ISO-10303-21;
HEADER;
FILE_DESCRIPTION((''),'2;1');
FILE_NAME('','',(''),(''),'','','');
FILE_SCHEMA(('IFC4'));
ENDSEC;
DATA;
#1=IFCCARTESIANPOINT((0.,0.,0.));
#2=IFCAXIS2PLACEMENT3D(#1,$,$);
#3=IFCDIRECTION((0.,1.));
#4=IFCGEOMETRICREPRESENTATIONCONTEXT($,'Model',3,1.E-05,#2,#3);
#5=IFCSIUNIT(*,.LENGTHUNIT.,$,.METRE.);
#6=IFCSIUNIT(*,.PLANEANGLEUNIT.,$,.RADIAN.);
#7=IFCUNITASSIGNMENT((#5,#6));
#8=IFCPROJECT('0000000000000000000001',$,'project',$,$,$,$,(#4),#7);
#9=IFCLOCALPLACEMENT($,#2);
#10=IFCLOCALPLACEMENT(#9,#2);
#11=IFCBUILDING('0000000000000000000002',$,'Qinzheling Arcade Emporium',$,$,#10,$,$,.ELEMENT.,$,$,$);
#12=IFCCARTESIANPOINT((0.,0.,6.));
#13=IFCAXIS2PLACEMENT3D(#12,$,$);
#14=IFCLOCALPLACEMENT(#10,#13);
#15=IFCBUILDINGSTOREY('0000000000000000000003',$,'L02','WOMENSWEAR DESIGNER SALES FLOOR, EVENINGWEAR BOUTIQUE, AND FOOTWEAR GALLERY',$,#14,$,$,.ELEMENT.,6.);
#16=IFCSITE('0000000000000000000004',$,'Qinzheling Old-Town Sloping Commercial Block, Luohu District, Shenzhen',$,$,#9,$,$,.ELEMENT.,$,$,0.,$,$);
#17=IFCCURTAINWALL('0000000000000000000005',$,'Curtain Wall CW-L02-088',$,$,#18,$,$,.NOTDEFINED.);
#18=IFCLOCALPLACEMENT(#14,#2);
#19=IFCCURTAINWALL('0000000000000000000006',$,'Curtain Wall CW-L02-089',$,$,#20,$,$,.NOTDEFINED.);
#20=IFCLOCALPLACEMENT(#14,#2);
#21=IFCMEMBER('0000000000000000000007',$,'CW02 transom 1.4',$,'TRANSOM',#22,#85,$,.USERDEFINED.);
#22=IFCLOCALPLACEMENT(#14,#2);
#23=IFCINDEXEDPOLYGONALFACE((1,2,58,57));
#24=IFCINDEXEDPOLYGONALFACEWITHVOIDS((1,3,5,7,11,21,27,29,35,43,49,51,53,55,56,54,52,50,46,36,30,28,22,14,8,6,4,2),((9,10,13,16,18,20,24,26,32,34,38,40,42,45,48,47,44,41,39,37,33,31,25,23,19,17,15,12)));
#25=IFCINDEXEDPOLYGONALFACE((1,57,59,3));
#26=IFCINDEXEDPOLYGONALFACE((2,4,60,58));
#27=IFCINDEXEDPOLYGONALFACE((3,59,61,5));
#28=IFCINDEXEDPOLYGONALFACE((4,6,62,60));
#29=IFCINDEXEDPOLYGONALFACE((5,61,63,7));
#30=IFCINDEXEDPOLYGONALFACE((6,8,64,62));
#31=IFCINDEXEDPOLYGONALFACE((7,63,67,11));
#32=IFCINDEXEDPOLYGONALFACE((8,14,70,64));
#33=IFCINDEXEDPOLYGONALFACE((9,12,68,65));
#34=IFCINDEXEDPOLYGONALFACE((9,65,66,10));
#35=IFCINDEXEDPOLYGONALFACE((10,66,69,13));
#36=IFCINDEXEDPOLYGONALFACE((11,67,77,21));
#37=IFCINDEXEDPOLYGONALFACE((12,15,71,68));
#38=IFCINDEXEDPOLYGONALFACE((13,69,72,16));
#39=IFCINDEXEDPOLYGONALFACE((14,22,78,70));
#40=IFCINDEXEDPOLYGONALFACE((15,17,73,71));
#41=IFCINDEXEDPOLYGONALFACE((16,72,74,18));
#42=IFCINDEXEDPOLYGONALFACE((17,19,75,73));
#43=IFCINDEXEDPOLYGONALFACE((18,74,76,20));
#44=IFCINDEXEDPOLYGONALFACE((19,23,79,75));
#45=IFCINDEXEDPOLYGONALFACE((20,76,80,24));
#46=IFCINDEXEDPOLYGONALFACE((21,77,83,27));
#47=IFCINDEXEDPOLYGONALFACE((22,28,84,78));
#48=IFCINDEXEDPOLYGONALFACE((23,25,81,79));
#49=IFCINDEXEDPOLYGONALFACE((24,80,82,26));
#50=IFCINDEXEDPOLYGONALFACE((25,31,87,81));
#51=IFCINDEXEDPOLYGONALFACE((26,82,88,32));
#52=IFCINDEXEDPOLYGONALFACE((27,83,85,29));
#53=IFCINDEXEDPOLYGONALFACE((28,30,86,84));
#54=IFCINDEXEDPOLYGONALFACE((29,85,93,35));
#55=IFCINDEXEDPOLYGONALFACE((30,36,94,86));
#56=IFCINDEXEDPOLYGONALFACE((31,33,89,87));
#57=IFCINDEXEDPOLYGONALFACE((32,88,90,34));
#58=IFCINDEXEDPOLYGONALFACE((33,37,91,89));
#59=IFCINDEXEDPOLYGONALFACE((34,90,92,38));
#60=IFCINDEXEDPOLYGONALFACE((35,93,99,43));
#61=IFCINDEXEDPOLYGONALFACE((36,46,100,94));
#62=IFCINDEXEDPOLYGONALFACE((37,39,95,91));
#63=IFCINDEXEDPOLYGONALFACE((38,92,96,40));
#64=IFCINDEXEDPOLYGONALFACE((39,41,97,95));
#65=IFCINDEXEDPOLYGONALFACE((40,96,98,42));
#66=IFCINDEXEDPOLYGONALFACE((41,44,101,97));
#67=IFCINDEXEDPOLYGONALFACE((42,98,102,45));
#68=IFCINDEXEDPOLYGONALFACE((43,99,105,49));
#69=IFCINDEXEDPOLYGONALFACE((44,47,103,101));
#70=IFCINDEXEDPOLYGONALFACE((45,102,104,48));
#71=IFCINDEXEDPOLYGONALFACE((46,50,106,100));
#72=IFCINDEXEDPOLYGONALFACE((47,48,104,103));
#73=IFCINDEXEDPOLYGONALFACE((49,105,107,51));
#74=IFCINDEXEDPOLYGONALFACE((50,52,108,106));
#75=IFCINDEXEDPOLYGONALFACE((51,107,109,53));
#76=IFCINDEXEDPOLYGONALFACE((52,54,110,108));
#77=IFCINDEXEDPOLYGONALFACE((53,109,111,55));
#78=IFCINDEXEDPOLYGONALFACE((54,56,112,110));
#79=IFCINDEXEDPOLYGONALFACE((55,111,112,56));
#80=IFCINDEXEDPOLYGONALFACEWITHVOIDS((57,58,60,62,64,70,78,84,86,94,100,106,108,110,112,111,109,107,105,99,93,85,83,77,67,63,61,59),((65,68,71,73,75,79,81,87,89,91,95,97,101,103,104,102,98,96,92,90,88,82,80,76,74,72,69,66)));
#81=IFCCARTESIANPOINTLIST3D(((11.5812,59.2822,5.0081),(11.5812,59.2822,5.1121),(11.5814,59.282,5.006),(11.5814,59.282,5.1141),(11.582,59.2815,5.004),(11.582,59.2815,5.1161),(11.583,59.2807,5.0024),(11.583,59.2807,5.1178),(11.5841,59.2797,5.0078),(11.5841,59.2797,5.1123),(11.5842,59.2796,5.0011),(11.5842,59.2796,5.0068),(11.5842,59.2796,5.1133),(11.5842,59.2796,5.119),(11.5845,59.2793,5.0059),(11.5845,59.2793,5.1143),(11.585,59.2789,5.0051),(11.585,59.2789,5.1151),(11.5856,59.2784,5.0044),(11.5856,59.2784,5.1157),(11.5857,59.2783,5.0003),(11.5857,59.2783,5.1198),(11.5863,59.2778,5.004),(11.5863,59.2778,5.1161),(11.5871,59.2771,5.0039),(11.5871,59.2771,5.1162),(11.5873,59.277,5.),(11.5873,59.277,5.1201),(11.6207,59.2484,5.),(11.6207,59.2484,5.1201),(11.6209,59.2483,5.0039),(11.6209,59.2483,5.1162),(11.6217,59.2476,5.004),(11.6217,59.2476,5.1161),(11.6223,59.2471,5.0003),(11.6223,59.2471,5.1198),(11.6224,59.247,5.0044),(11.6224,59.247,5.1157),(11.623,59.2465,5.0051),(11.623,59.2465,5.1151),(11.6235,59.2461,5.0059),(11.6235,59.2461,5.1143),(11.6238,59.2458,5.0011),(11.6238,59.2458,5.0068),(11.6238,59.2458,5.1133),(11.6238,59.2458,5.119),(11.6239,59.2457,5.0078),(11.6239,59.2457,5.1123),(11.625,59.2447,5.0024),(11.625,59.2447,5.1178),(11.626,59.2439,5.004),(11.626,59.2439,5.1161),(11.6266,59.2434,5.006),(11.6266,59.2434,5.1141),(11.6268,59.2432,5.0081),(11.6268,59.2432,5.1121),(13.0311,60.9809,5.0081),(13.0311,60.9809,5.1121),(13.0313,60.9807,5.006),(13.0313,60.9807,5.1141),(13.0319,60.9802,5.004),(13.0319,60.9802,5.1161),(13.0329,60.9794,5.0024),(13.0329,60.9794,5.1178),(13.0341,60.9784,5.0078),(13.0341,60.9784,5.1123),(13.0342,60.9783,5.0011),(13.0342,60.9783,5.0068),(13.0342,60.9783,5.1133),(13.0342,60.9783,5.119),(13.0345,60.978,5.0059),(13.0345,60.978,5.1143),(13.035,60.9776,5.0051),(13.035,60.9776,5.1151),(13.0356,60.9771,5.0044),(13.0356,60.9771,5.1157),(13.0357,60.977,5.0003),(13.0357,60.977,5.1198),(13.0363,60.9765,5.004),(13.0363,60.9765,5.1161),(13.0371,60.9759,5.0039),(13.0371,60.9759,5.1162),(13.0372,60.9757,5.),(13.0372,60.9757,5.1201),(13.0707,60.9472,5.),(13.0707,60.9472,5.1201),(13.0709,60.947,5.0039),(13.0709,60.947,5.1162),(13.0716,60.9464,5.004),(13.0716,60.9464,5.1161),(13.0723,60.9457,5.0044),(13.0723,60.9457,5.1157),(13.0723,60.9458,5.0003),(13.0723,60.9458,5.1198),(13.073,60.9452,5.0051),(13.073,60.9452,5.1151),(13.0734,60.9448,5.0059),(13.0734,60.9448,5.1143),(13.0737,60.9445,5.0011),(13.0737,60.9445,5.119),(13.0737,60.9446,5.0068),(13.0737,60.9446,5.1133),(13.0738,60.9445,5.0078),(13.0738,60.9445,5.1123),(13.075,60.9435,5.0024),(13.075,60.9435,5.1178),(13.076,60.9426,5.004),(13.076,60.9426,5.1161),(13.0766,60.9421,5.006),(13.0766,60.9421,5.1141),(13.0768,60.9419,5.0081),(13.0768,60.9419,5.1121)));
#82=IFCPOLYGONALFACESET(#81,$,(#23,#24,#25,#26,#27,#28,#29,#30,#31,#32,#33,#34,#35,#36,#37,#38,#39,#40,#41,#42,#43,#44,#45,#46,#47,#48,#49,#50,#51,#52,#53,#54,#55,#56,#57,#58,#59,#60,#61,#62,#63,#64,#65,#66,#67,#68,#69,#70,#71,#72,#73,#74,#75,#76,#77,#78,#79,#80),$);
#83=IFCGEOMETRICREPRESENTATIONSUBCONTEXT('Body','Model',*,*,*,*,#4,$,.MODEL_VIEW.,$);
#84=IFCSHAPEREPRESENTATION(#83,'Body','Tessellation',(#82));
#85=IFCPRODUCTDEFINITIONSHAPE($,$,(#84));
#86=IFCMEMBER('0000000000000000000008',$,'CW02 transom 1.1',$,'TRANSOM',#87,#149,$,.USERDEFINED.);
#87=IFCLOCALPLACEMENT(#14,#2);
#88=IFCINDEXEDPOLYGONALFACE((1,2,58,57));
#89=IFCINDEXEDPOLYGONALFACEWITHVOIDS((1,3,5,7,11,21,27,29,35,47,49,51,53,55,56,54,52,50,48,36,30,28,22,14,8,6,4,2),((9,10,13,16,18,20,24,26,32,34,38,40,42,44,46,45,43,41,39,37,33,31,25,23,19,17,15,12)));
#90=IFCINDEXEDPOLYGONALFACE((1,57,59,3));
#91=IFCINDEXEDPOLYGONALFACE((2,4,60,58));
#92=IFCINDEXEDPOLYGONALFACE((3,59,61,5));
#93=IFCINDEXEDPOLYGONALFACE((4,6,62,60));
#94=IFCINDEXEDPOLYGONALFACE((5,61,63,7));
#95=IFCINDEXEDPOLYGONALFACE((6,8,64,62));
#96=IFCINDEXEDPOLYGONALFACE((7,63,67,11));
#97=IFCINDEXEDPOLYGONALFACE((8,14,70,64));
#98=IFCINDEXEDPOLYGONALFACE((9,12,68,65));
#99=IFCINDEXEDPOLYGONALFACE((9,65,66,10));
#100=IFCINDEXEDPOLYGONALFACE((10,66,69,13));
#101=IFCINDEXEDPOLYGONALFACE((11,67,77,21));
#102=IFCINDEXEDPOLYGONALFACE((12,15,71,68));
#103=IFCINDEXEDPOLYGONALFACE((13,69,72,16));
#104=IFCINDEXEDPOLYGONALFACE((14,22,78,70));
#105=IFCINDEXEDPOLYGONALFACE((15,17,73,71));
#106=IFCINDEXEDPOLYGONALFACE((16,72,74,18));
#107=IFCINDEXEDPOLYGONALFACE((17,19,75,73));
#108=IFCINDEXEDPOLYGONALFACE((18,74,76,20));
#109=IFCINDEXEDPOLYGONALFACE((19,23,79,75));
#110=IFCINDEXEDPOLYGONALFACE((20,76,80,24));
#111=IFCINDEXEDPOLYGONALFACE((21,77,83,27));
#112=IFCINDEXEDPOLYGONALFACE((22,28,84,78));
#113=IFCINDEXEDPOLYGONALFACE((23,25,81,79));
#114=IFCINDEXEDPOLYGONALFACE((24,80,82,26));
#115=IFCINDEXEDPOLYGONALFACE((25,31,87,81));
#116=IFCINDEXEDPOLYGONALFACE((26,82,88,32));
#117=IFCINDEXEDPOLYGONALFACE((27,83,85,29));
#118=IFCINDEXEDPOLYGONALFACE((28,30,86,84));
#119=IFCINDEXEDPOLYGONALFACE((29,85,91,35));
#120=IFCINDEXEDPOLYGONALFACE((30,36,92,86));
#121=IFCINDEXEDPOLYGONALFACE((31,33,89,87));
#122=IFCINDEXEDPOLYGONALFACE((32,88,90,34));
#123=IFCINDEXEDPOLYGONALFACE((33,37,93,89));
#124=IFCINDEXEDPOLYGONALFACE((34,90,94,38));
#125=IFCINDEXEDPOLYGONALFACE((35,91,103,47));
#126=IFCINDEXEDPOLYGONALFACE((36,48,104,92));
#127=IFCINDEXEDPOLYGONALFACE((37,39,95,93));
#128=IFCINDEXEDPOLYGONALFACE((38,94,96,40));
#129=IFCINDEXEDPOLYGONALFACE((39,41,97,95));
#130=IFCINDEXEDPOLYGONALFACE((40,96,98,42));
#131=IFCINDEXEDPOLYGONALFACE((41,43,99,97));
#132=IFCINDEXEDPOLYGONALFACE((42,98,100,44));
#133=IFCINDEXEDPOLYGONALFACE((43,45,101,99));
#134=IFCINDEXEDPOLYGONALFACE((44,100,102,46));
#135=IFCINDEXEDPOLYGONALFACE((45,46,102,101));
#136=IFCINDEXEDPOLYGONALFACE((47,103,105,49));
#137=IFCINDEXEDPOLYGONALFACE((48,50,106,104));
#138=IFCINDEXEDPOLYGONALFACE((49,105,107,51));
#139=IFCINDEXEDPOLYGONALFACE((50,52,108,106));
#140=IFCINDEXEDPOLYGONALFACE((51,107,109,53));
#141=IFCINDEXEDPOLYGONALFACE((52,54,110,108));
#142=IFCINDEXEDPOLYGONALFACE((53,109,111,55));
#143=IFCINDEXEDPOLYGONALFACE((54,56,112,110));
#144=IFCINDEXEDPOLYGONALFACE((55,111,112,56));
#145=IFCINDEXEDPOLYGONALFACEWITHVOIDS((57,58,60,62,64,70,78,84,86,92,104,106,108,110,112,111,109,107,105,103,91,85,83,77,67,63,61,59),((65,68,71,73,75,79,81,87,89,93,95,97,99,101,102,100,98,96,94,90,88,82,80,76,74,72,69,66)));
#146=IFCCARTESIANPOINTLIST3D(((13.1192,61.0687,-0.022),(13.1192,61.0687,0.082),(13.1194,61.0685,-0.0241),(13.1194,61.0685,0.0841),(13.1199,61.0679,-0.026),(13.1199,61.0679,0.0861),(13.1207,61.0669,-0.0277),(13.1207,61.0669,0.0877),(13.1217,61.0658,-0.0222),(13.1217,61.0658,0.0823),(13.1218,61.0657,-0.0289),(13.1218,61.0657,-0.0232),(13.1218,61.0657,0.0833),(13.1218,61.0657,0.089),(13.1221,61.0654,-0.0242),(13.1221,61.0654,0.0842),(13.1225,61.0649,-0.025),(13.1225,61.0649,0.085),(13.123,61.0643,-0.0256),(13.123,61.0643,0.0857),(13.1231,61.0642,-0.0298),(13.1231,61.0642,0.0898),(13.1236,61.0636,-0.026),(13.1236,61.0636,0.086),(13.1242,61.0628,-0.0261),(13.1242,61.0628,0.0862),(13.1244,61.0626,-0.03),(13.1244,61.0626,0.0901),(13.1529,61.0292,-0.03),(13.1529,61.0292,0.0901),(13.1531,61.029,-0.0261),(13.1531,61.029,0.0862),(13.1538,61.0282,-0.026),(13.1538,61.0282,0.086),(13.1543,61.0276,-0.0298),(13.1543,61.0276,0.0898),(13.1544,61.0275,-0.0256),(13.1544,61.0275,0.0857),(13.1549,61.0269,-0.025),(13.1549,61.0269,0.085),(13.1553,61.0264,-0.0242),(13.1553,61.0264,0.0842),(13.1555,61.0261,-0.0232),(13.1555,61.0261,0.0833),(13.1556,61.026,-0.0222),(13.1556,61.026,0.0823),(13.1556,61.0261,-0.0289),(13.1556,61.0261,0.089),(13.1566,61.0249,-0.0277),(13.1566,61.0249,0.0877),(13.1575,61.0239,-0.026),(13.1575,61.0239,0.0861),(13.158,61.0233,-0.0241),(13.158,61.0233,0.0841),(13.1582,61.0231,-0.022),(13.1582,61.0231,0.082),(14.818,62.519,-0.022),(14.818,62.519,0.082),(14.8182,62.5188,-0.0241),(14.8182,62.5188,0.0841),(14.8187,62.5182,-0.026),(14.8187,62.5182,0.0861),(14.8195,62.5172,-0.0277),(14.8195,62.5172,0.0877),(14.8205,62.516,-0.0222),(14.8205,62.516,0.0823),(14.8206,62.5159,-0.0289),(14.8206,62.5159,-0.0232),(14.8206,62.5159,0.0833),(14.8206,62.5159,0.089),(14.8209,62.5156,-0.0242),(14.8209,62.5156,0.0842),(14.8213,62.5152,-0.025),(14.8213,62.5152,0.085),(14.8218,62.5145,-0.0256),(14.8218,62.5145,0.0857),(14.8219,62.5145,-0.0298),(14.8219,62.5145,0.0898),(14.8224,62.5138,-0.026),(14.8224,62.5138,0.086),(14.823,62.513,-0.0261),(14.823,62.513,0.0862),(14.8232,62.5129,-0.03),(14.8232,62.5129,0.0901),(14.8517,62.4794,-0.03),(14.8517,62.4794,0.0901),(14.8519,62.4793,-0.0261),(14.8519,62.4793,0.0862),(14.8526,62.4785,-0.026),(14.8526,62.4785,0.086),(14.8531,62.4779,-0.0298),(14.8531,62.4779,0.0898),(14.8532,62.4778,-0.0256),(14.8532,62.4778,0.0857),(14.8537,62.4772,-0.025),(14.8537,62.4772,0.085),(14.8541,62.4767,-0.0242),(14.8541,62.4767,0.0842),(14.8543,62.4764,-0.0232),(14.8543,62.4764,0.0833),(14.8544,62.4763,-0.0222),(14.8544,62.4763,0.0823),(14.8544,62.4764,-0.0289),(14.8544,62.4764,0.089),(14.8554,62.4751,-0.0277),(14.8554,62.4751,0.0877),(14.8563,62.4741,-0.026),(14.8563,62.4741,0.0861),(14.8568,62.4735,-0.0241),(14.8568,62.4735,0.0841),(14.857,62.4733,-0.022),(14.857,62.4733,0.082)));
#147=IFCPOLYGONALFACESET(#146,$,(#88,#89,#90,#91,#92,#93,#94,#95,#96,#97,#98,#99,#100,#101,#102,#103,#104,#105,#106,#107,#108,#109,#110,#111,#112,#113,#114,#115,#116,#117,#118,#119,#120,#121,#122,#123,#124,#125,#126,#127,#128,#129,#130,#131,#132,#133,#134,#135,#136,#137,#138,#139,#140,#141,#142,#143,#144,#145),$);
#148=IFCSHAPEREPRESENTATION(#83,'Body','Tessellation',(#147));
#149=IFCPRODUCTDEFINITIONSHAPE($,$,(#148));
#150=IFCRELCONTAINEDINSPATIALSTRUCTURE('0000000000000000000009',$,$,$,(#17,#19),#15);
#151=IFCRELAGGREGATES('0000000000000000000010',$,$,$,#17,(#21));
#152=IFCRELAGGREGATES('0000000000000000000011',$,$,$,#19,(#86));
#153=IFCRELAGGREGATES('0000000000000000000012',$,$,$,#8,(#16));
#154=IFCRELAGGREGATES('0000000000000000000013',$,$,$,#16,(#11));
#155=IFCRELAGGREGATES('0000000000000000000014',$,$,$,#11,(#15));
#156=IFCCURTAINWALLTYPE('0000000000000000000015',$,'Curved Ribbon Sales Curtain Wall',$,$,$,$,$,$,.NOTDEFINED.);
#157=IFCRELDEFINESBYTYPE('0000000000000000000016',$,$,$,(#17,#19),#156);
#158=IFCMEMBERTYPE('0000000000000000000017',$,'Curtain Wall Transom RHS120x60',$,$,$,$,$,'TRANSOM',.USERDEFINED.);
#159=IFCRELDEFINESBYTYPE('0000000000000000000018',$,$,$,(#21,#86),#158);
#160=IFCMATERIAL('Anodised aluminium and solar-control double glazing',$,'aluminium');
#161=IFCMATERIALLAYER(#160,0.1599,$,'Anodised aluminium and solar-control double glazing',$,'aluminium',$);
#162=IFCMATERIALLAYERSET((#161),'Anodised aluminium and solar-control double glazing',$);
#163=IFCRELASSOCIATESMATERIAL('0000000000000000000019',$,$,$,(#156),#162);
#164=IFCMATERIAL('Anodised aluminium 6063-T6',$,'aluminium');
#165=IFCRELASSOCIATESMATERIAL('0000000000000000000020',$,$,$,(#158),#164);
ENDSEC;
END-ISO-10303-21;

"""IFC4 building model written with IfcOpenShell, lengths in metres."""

from ifc_helpers import new_model, si_unit, direction, frame, origin, origin_2d, place, context, subcontext, project, spatial, hollow_rectangle, extrude, material, layer, layer_set, material_profile, profile_set, type_object, element, aggregate, save


model = new_model("IFC4")

# Units and contexts
model_context = context("Model", 3, precision=1e-05, world=origin(), true_north=direction((0.0, 1.0)))
body_context = subcontext(model_context, "Body", "Model", "MODEL_VIEW")
ifc_project = project(units=[si_unit("LENGTHUNIT", "METRE"), si_unit("PLANEANGLEUNIT", "RADIAN")], contexts=[model_context])

# Site, building, storey
site_placement = place(None, origin())
site = spatial("IfcSite", under=ifc_project, at=site_placement, Name="Qinzheling Old-Town Sloping Commercial Block, Luohu District, Shenzhen", CompositionType="ELEMENT", RefElevation=0.0)
building_placement = place(site_placement, origin())
building = spatial("IfcBuilding", under=site, at=building_placement, Name="Qinzheling Arcade Emporium", CompositionType="ELEMENT")
storey_placement = place(building_placement, frame((0.0, 0.0, 6.0)))
storey = spatial("IfcBuildingStorey", under=building, at=storey_placement, Name="L02", Description="WOMENSWEAR DESIGNER SALES FLOOR, EVENINGWEAR BOUTIQUE, AND FOOTWEAR GALLERY", CompositionType="ELEMENT", Elevation=6.0)

# Shared definitions
ifc_material_1 = material(Name="Anodised aluminium and solar-control double glazing", Category="aluminium")
ifc_layer_1 = layer(ifc_material_1, 0.1599, Name="Anodised aluminium and solar-control double glazing", Category="aluminium")
ifc_layer_set_1 = layer_set([ifc_layer_1], Name="Anodised aluminium and solar-control double glazing")
curtain_wall_type = type_object("IfcCurtainWallType", Name="Curved Ribbon Sales Curtain Wall", PredefinedType="NOTDEFINED", material=ifc_layer_set_1)
ifc_material_2 = material(Name="Anodised aluminium 6063-T6", Category="aluminium")

# Curtain wall
curtain_wall_1_placement = place(storey_placement, origin())
curtain_wall_1 = element("IfcCurtainWall", 1, at=curtain_wall_1_placement, inside=storey, type_object=curtain_wall_type, Name="Curtain Wall CW-L02-088", PredefinedType="NOTDEFINED")

# Curtain wall
curtain_wall_2_placement = place(storey_placement, origin())
curtain_wall_2 = element("IfcCurtainWall", 2, at=curtain_wall_2_placement, inside=storey, type_object=curtain_wall_type, Name="Curtain Wall CW-L02-089", PredefinedType="NOTDEFINED")

# Members
ifc_material_profile_1 = material_profile(ifc_material_2, hollow_rectangle(XDim=0.0601, YDim=0.1201, WallThickness=0.0039, InnerFilletRadius=0.0039, OuterFilletRadius=0.0081, at=origin_2d()), Name="RHS 120x60x4", Category="aluminium")
ifc_profile_set_1 = profile_set([ifc_material_profile_1], Name="Anodised aluminium 6063-T6")
member_type_1 = type_object("IfcMemberType", Name="Curtain Wall Transom RHS120x60", ElementType="TRANSOM", PredefinedType="USERDEFINED", material=ifc_profile_set_1)
member_1_placement = place(storey_placement, frame((11.604, 59.2627, 5.0601), z_axis=(0.649215, 0.760605, 0.0), x_axis=(-0.760605, 0.649215, 0.0)))
member_1 = element("IfcMember", 3, at=member_1_placement, type_object=member_type_1, Name="CW02 transom 1.4", ObjectType="TRANSOM", PredefinedType="USERDEFINED", context=body_context, shape_type="SweptSolid", body=[
    extrude(hollow_rectangle(XDim=0.0601, YDim=0.1201, WallThickness=0.0039, InnerFilletRadius=0.0039, OuterFilletRadius=0.0081, at=origin_2d()), origin(), (0.0, 0.0, 1.0), 2.2334),
])
member_2_placement = place(storey_placement, frame((13.1387, 61.0459, 0.03), z_axis=(0.760551, 0.649278, 0.0), x_axis=(-0.649278, 0.760551, 0.0)))
member_2 = element("IfcMember", 4, at=member_2_placement, type_object=member_type_1, Name="CW02 transom 1.1", ObjectType="TRANSOM", PredefinedType="USERDEFINED", context=body_context, shape_type="SweptSolid", body=[
    extrude(hollow_rectangle(XDim=0.0601, YDim=0.1201, WallThickness=0.0039, InnerFilletRadius=0.0039, OuterFilletRadius=0.0081, at=origin_2d()), origin(), (0.0, 0.0, 1.0), 2.2336),
])

aggregate(curtain_wall_1, [member_1])
aggregate(curtain_wall_2, [member_2])

save(model, "model.ifc")
